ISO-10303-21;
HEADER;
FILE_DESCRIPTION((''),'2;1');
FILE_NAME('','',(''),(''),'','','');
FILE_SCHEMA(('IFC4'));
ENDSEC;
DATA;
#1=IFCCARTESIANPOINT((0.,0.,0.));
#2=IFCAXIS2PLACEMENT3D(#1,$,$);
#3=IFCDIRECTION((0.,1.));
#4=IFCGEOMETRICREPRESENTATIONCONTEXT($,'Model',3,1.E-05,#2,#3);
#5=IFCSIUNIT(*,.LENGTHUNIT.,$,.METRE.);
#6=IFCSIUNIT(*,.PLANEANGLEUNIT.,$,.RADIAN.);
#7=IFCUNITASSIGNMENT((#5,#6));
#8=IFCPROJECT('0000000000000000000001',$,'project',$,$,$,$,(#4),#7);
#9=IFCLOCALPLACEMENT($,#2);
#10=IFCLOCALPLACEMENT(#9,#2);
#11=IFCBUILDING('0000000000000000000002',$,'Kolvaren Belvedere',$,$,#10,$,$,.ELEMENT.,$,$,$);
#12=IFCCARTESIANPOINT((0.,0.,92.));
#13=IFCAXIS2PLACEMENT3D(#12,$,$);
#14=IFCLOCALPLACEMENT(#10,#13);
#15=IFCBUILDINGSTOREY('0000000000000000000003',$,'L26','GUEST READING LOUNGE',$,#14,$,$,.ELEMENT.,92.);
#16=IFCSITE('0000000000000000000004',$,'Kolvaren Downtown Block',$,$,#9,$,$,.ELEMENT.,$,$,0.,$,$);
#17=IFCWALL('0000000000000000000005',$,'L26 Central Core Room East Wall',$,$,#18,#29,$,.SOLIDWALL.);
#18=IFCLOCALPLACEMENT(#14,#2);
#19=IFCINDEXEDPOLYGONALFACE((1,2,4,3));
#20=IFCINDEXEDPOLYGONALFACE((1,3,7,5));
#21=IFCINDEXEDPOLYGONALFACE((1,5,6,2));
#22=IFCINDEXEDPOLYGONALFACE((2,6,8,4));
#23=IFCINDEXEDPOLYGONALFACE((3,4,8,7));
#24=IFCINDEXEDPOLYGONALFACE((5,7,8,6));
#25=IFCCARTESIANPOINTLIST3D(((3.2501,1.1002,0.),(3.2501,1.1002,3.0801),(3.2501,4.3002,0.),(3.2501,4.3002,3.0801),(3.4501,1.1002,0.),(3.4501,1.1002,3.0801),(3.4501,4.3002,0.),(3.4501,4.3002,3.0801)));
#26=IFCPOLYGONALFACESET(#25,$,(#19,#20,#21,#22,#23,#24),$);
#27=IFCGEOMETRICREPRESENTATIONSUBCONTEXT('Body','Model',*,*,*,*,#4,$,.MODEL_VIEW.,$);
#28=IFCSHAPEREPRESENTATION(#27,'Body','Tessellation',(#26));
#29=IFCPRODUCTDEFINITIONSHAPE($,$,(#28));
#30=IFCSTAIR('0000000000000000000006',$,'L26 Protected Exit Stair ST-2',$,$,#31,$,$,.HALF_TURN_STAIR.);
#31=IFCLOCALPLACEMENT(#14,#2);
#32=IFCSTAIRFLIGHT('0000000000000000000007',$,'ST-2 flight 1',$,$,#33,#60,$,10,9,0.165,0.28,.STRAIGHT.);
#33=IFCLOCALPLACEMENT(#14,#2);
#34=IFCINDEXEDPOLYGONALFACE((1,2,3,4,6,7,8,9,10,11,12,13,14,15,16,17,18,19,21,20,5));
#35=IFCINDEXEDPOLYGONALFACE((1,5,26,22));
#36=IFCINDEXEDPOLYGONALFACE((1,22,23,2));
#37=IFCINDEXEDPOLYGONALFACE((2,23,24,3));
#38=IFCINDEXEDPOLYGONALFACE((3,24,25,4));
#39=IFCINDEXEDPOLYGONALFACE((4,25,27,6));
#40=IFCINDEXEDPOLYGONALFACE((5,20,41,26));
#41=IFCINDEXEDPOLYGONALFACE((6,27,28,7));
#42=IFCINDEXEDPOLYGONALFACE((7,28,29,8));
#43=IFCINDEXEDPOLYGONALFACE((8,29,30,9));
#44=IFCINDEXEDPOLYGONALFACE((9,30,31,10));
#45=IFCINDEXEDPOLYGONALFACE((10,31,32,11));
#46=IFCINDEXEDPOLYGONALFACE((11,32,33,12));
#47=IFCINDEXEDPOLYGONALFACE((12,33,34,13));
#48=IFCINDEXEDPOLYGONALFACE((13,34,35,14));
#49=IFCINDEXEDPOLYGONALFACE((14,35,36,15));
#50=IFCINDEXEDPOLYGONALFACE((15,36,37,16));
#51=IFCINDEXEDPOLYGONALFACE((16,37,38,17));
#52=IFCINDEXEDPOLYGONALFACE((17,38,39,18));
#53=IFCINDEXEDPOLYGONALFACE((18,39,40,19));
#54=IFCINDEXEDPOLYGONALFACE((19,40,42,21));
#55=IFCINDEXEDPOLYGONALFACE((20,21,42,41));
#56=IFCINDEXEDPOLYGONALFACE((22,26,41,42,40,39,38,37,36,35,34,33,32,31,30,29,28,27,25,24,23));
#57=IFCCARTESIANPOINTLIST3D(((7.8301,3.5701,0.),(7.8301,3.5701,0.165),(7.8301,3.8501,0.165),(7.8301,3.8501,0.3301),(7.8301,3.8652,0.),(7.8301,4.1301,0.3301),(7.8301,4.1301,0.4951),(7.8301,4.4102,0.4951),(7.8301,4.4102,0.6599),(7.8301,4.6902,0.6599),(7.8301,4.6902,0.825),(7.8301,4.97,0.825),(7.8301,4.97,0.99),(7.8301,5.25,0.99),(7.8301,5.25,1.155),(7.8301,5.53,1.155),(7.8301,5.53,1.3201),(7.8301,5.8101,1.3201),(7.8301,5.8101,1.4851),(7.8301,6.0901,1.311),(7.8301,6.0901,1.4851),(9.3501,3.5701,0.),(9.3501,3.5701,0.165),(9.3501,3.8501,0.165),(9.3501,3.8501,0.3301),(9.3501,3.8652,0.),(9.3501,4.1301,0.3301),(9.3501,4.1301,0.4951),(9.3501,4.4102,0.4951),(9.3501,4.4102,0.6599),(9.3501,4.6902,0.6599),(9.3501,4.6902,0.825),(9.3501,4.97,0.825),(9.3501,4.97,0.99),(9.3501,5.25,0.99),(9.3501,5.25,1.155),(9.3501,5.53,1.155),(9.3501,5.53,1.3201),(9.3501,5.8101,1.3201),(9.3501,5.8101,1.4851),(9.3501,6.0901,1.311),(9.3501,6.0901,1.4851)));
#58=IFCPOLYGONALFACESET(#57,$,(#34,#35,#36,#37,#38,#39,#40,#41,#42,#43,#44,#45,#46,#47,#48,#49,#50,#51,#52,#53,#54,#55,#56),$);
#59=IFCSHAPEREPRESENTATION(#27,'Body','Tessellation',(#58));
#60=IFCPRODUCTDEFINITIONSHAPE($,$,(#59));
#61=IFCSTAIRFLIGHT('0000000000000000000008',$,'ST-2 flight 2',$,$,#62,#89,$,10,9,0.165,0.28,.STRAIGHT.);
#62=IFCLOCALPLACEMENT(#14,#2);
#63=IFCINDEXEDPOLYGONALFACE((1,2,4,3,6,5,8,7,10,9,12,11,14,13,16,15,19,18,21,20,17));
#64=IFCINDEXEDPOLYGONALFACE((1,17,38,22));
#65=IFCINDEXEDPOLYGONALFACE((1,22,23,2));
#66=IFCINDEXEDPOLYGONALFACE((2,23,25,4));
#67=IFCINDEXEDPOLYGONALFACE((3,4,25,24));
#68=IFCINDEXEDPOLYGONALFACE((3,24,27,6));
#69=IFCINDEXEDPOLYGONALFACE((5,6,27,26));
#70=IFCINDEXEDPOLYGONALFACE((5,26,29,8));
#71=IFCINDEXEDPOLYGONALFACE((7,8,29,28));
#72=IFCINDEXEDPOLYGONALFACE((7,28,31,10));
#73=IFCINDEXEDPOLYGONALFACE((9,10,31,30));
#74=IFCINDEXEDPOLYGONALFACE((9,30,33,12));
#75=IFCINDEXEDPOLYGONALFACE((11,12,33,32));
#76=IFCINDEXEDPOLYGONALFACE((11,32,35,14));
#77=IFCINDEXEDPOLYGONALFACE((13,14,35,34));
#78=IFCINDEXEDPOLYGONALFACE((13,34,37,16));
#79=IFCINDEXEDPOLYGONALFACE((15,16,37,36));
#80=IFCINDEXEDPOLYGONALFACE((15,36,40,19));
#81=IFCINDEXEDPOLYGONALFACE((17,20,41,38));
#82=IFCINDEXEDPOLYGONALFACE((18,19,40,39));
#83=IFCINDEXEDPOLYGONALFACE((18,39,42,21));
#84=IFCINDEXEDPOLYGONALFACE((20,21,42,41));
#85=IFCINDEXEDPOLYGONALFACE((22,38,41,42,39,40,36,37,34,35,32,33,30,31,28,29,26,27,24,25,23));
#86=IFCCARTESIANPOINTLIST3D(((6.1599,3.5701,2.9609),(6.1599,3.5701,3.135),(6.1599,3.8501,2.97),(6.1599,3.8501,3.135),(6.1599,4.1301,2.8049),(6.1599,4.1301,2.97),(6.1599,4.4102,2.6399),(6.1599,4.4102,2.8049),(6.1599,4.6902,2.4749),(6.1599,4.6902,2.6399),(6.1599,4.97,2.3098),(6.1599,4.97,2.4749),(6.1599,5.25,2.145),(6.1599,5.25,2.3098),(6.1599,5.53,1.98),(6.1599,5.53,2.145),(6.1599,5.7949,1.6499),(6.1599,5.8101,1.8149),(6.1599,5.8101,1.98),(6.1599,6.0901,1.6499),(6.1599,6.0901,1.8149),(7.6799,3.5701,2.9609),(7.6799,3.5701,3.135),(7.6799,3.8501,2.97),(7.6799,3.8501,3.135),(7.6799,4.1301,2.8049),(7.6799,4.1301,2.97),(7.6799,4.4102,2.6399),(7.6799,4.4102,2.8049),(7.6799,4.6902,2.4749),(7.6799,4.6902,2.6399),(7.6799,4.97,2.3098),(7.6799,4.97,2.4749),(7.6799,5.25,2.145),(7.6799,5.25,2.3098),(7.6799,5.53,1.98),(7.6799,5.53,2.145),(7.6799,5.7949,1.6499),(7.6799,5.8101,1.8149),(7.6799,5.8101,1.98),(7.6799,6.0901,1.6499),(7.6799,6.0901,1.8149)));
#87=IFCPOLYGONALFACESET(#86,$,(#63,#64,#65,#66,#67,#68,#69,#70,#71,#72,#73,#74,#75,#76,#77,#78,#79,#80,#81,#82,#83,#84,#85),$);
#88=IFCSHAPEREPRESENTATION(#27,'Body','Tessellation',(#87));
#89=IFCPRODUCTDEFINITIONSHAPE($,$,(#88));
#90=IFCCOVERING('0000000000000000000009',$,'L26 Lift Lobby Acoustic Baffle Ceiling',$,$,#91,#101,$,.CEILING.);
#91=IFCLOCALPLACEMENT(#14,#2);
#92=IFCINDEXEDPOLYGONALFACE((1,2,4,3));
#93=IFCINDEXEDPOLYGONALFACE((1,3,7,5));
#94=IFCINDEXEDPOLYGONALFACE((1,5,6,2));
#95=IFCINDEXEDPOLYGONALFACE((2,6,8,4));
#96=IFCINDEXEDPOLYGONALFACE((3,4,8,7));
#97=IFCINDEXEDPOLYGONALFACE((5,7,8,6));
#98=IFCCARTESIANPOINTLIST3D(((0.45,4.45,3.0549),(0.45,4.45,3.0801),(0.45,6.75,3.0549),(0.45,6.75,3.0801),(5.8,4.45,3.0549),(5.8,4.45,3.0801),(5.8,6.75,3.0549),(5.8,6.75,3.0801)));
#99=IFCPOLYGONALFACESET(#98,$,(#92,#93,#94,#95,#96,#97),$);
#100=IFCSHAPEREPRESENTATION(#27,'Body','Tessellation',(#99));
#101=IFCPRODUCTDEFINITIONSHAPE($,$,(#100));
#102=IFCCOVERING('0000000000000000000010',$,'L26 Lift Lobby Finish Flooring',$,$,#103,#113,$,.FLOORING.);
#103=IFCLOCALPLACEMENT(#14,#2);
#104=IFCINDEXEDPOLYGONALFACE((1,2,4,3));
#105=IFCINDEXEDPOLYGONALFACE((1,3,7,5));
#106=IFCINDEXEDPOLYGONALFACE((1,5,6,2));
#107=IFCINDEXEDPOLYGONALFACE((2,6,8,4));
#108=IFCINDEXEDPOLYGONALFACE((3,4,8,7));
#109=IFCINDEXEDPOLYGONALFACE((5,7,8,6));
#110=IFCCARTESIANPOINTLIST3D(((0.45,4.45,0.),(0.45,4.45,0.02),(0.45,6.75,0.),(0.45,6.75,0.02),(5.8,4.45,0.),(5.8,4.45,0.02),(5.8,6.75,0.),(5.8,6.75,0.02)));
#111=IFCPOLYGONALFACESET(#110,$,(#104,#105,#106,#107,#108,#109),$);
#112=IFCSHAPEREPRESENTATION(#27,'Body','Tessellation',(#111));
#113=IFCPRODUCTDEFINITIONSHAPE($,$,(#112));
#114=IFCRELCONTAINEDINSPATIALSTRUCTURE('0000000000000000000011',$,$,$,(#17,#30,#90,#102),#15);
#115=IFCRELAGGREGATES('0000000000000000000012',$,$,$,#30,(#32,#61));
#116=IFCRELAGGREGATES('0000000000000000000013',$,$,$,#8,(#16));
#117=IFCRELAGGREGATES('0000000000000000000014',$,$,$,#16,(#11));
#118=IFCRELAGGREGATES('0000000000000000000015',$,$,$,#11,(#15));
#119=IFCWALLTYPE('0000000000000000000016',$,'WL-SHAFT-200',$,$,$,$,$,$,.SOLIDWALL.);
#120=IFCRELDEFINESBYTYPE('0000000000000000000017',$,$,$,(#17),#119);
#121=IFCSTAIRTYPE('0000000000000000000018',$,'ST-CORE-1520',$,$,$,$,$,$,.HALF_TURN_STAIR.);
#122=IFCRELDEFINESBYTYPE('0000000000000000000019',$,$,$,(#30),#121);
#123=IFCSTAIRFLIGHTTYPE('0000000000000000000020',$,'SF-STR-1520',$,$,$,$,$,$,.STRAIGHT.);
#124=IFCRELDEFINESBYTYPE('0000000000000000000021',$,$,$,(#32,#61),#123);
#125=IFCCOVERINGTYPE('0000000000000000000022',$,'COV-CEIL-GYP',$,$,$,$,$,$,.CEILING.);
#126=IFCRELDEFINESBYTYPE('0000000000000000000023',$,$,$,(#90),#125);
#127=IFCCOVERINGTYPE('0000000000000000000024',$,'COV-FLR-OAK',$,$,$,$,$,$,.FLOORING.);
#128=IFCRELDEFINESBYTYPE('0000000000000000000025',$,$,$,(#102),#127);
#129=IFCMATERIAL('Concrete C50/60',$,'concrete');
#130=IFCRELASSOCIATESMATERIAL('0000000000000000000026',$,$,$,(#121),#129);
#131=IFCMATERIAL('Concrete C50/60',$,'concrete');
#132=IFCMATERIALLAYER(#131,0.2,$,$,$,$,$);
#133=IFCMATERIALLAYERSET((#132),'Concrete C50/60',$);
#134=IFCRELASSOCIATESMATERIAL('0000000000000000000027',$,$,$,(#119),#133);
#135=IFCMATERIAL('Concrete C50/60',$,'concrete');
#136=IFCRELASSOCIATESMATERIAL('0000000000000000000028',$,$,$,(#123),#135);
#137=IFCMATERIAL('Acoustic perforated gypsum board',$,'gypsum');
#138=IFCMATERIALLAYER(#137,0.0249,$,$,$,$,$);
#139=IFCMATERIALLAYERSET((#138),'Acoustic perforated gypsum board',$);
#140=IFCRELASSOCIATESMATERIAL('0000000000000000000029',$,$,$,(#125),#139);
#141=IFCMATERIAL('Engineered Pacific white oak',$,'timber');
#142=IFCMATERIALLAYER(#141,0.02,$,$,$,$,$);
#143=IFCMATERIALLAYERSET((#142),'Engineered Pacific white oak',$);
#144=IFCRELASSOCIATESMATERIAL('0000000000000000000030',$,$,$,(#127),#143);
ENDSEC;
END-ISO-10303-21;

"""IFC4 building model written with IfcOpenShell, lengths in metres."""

from ifc_helpers import new_model, si_unit, direction, frame, frame_2d, origin, place, context, subcontext, project, spatial, polyline, rectangle, outline, extrude, material, layer, layer_set, type_object, element, aggregate, save


model = new_model("IFC4")

# Units and contexts
model_context = context("Model", 3, precision=1e-05, world=origin(), true_north=direction((0.0, 1.0)))
body_context = subcontext(model_context, "Body", "Model", "MODEL_VIEW")
ifc_project = project(units=[si_unit("LENGTHUNIT", "METRE"), si_unit("PLANEANGLEUNIT", "RADIAN")], contexts=[model_context])

# Site, building, storey
site_placement = place(None, origin())
site = spatial("IfcSite", under=ifc_project, at=site_placement, Name="Kolvaren Downtown Block", CompositionType="ELEMENT", RefElevation=0.0)
building_placement = place(site_placement, origin())
building = spatial("IfcBuilding", under=site, at=building_placement, Name="Kolvaren Belvedere", CompositionType="ELEMENT")
storey_placement = place(building_placement, frame((0.0, 0.0, 92.0)))
storey = spatial("IfcBuildingStorey", under=building, at=storey_placement, Name="L26", Description="GUEST READING LOUNGE", CompositionType="ELEMENT", Elevation=92.0)

# Shared definitions
ifc_material_1 = material(Name="Concrete C50/60", Category="concrete")
stair_type = type_object("IfcStairType", Name="ST-CORE-1520", PredefinedType="HALF_TURN_STAIR", material=ifc_material_1)

# Shared definitions
ifc_material_2 = material(Name="Concrete C50/60", Category="concrete")
ifc_layer_1 = layer(ifc_material_2, 0.2)
ifc_layer_set_1 = layer_set([ifc_layer_1], Name="Concrete C50/60")
wall_type_1 = type_object("IfcWallType", Name="WL-SHAFT-200", PredefinedType="SOLIDWALL", material=ifc_layer_set_1)

# Wall
wall_1_placement = place(storey_placement, frame((3.3501, 1.1001, 0.0), z_axis=(0.0, 0.0, 1.0), x_axis=(0.0, 1.0, 0.0)))
element("IfcWall", 1, at=wall_1_placement, inside=storey, type_object=wall_type_1, Name="L26 Central Core Room East Wall", PredefinedType="SOLIDWALL", context=body_context, shape_type="SweptSolid", body=[
    extrude(rectangle(XDim=3.2, YDim=0.2, at=frame_2d((1.6001, 0.0))), origin(), (0.0, 0.0, 1.0), 3.0801),
])

# Stair, stair flights
stair_1_placement = place(storey_placement, origin())
stair_1 = element("IfcStair", 2, at=stair_1_placement, inside=storey, type_object=stair_type, Name="L26 Protected Exit Stair ST-2", PredefinedType="HALF_TURN_STAIR")
ifc_material_3 = material(Name="Concrete C50/60", Category="concrete")
stair_flight_type = type_object("IfcStairFlightType", Name="SF-STR-1520", PredefinedType="STRAIGHT", material=ifc_material_3)
stair_flight_1_placement = place(storey_placement, frame((8.5901, 3.5701, 0.0), z_axis=(0.0, 0.0, 1.0), x_axis=(0.0, 1.0, 0.0)))
stair_flight_1 = element("IfcStairFlight", 3, at=stair_flight_1_placement, type_object=stair_flight_type, Name="ST-2 flight 1", NumberOfRisers=10, NumberOfTreads=9, PredefinedType="STRAIGHT", RiserHeight=0.165, TreadLength=0.28, context=body_context, shape_type="SweptSolid", body=[
    extrude(outline(polyline([(0.0, 0.0), (0.0, 0.165), (0.28, 0.165), (0.28, 0.3301), (0.5601, 0.3301), (0.5601, 0.4951), (0.8401, 0.4951), (0.8401, 0.6599), (1.1201, 0.6599), (1.1201, 0.825), (1.3999, 0.825), (1.3999, 0.99), (1.6799, 0.99), (1.6799, 1.155), (1.96, 1.155), (1.96, 1.3201), (2.24, 1.3201), (2.24, 1.4851), (2.52, 1.4851), (2.52, 1.6499), (2.52, 1.311), (0.2952, 0.0), (0.0, 0.0)])), frame((0.0, 0.76, 0.0), z_axis=(0.0, -1.0, 0.0), x_axis=(1.0, 0.0, 0.0)), (0.0, 0.0, 1.0), 1.52),
])
stair_flight_2_placement = place(storey_placement, frame((6.9199, 6.0901, 1.6499), z_axis=(0.0, 0.0, 1.0), x_axis=(0.0, -1.0, 0.0)))
stair_flight_2 = element("IfcStairFlight", 4, at=stair_flight_2_placement, type_object=stair_flight_type, Name="ST-2 flight 2", NumberOfRisers=10, NumberOfTreads=9, PredefinedType="STRAIGHT", RiserHeight=0.165, TreadLength=0.28, context=body_context, shape_type="SweptSolid", body=[
    extrude(outline(polyline([(0.0, 0.0), (0.0, 0.165), (0.28, 0.165), (0.28, 0.3301), (0.5601, 0.3301), (0.5601, 0.4951), (0.8401, 0.4951), (0.8401, 0.6599), (1.1201, 0.6599), (1.1201, 0.825), (1.3999, 0.825), (1.3999, 0.99), (1.6799, 0.99), (1.6799, 1.155), (1.96, 1.155), (1.96, 1.3201), (2.24, 1.3201), (2.24, 1.4851), (2.52, 1.4851), (2.52, 1.6499), (2.52, 1.311), (0.2952, 0.0), (0.0, 0.0)])), frame((0.0, 0.76, 0.0), z_axis=(0.0, -1.0, 0.0), x_axis=(1.0, 0.0, 0.0)), (0.0, 0.0, 1.0), 1.52),
])
aggregate(stair_1, [stair_flight_1, stair_flight_2])

# Coverings
ifc_material_4 = material(Name="Acoustic perforated gypsum board", Category="gypsum")
ifc_layer_2 = layer(ifc_material_4, 0.0249)
ifc_layer_set_2 = layer_set([ifc_layer_2], Name="Acoustic perforated gypsum board")
covering_type_1 = type_object("IfcCoveringType", Name="COV-CEIL-GYP", PredefinedType="CEILING", material=ifc_layer_set_2)
covering_1_placement = place(storey_placement, frame((0.0, 0.0, 3.0549)))
element("IfcCovering", 5, at=covering_1_placement, inside=storey, type_object=covering_type_1, Name="L26 Lift Lobby Acoustic Baffle Ceiling", PredefinedType="CEILING", context=body_context, shape_type="SweptSolid", body=[
    extrude(outline(polyline([(0.45, 4.45), (5.8, 4.45), (5.8, 6.75), (0.45, 6.75), (0.45, 4.45)])), origin(), (0.0, 0.0, 1.0), 0.0251),
])
ifc_material_5 = material(Name="Engineered Pacific white oak", Category="timber")
ifc_layer_3 = layer(ifc_material_5, 0.02)
ifc_layer_set_3 = layer_set([ifc_layer_3], Name="Engineered Pacific white oak")
covering_type_2 = type_object("IfcCoveringType", Name="COV-FLR-OAK", PredefinedType="FLOORING", material=ifc_layer_set_3)
covering_2_placement = place(storey_placement, origin())
element("IfcCovering", 6, at=covering_2_placement, inside=storey, type_object=covering_type_2, Name="L26 Lift Lobby Finish Flooring", PredefinedType="FLOORING", context=body_context, shape_type="SweptSolid", body=[
    extrude(outline(polyline([(0.45, 4.45), (5.8, 4.45), (5.8, 6.75), (0.45, 6.75), (0.45, 4.45)])), origin(), (0.0, 0.0, 1.0), 0.02),
])

save(model, "model.ifc")
